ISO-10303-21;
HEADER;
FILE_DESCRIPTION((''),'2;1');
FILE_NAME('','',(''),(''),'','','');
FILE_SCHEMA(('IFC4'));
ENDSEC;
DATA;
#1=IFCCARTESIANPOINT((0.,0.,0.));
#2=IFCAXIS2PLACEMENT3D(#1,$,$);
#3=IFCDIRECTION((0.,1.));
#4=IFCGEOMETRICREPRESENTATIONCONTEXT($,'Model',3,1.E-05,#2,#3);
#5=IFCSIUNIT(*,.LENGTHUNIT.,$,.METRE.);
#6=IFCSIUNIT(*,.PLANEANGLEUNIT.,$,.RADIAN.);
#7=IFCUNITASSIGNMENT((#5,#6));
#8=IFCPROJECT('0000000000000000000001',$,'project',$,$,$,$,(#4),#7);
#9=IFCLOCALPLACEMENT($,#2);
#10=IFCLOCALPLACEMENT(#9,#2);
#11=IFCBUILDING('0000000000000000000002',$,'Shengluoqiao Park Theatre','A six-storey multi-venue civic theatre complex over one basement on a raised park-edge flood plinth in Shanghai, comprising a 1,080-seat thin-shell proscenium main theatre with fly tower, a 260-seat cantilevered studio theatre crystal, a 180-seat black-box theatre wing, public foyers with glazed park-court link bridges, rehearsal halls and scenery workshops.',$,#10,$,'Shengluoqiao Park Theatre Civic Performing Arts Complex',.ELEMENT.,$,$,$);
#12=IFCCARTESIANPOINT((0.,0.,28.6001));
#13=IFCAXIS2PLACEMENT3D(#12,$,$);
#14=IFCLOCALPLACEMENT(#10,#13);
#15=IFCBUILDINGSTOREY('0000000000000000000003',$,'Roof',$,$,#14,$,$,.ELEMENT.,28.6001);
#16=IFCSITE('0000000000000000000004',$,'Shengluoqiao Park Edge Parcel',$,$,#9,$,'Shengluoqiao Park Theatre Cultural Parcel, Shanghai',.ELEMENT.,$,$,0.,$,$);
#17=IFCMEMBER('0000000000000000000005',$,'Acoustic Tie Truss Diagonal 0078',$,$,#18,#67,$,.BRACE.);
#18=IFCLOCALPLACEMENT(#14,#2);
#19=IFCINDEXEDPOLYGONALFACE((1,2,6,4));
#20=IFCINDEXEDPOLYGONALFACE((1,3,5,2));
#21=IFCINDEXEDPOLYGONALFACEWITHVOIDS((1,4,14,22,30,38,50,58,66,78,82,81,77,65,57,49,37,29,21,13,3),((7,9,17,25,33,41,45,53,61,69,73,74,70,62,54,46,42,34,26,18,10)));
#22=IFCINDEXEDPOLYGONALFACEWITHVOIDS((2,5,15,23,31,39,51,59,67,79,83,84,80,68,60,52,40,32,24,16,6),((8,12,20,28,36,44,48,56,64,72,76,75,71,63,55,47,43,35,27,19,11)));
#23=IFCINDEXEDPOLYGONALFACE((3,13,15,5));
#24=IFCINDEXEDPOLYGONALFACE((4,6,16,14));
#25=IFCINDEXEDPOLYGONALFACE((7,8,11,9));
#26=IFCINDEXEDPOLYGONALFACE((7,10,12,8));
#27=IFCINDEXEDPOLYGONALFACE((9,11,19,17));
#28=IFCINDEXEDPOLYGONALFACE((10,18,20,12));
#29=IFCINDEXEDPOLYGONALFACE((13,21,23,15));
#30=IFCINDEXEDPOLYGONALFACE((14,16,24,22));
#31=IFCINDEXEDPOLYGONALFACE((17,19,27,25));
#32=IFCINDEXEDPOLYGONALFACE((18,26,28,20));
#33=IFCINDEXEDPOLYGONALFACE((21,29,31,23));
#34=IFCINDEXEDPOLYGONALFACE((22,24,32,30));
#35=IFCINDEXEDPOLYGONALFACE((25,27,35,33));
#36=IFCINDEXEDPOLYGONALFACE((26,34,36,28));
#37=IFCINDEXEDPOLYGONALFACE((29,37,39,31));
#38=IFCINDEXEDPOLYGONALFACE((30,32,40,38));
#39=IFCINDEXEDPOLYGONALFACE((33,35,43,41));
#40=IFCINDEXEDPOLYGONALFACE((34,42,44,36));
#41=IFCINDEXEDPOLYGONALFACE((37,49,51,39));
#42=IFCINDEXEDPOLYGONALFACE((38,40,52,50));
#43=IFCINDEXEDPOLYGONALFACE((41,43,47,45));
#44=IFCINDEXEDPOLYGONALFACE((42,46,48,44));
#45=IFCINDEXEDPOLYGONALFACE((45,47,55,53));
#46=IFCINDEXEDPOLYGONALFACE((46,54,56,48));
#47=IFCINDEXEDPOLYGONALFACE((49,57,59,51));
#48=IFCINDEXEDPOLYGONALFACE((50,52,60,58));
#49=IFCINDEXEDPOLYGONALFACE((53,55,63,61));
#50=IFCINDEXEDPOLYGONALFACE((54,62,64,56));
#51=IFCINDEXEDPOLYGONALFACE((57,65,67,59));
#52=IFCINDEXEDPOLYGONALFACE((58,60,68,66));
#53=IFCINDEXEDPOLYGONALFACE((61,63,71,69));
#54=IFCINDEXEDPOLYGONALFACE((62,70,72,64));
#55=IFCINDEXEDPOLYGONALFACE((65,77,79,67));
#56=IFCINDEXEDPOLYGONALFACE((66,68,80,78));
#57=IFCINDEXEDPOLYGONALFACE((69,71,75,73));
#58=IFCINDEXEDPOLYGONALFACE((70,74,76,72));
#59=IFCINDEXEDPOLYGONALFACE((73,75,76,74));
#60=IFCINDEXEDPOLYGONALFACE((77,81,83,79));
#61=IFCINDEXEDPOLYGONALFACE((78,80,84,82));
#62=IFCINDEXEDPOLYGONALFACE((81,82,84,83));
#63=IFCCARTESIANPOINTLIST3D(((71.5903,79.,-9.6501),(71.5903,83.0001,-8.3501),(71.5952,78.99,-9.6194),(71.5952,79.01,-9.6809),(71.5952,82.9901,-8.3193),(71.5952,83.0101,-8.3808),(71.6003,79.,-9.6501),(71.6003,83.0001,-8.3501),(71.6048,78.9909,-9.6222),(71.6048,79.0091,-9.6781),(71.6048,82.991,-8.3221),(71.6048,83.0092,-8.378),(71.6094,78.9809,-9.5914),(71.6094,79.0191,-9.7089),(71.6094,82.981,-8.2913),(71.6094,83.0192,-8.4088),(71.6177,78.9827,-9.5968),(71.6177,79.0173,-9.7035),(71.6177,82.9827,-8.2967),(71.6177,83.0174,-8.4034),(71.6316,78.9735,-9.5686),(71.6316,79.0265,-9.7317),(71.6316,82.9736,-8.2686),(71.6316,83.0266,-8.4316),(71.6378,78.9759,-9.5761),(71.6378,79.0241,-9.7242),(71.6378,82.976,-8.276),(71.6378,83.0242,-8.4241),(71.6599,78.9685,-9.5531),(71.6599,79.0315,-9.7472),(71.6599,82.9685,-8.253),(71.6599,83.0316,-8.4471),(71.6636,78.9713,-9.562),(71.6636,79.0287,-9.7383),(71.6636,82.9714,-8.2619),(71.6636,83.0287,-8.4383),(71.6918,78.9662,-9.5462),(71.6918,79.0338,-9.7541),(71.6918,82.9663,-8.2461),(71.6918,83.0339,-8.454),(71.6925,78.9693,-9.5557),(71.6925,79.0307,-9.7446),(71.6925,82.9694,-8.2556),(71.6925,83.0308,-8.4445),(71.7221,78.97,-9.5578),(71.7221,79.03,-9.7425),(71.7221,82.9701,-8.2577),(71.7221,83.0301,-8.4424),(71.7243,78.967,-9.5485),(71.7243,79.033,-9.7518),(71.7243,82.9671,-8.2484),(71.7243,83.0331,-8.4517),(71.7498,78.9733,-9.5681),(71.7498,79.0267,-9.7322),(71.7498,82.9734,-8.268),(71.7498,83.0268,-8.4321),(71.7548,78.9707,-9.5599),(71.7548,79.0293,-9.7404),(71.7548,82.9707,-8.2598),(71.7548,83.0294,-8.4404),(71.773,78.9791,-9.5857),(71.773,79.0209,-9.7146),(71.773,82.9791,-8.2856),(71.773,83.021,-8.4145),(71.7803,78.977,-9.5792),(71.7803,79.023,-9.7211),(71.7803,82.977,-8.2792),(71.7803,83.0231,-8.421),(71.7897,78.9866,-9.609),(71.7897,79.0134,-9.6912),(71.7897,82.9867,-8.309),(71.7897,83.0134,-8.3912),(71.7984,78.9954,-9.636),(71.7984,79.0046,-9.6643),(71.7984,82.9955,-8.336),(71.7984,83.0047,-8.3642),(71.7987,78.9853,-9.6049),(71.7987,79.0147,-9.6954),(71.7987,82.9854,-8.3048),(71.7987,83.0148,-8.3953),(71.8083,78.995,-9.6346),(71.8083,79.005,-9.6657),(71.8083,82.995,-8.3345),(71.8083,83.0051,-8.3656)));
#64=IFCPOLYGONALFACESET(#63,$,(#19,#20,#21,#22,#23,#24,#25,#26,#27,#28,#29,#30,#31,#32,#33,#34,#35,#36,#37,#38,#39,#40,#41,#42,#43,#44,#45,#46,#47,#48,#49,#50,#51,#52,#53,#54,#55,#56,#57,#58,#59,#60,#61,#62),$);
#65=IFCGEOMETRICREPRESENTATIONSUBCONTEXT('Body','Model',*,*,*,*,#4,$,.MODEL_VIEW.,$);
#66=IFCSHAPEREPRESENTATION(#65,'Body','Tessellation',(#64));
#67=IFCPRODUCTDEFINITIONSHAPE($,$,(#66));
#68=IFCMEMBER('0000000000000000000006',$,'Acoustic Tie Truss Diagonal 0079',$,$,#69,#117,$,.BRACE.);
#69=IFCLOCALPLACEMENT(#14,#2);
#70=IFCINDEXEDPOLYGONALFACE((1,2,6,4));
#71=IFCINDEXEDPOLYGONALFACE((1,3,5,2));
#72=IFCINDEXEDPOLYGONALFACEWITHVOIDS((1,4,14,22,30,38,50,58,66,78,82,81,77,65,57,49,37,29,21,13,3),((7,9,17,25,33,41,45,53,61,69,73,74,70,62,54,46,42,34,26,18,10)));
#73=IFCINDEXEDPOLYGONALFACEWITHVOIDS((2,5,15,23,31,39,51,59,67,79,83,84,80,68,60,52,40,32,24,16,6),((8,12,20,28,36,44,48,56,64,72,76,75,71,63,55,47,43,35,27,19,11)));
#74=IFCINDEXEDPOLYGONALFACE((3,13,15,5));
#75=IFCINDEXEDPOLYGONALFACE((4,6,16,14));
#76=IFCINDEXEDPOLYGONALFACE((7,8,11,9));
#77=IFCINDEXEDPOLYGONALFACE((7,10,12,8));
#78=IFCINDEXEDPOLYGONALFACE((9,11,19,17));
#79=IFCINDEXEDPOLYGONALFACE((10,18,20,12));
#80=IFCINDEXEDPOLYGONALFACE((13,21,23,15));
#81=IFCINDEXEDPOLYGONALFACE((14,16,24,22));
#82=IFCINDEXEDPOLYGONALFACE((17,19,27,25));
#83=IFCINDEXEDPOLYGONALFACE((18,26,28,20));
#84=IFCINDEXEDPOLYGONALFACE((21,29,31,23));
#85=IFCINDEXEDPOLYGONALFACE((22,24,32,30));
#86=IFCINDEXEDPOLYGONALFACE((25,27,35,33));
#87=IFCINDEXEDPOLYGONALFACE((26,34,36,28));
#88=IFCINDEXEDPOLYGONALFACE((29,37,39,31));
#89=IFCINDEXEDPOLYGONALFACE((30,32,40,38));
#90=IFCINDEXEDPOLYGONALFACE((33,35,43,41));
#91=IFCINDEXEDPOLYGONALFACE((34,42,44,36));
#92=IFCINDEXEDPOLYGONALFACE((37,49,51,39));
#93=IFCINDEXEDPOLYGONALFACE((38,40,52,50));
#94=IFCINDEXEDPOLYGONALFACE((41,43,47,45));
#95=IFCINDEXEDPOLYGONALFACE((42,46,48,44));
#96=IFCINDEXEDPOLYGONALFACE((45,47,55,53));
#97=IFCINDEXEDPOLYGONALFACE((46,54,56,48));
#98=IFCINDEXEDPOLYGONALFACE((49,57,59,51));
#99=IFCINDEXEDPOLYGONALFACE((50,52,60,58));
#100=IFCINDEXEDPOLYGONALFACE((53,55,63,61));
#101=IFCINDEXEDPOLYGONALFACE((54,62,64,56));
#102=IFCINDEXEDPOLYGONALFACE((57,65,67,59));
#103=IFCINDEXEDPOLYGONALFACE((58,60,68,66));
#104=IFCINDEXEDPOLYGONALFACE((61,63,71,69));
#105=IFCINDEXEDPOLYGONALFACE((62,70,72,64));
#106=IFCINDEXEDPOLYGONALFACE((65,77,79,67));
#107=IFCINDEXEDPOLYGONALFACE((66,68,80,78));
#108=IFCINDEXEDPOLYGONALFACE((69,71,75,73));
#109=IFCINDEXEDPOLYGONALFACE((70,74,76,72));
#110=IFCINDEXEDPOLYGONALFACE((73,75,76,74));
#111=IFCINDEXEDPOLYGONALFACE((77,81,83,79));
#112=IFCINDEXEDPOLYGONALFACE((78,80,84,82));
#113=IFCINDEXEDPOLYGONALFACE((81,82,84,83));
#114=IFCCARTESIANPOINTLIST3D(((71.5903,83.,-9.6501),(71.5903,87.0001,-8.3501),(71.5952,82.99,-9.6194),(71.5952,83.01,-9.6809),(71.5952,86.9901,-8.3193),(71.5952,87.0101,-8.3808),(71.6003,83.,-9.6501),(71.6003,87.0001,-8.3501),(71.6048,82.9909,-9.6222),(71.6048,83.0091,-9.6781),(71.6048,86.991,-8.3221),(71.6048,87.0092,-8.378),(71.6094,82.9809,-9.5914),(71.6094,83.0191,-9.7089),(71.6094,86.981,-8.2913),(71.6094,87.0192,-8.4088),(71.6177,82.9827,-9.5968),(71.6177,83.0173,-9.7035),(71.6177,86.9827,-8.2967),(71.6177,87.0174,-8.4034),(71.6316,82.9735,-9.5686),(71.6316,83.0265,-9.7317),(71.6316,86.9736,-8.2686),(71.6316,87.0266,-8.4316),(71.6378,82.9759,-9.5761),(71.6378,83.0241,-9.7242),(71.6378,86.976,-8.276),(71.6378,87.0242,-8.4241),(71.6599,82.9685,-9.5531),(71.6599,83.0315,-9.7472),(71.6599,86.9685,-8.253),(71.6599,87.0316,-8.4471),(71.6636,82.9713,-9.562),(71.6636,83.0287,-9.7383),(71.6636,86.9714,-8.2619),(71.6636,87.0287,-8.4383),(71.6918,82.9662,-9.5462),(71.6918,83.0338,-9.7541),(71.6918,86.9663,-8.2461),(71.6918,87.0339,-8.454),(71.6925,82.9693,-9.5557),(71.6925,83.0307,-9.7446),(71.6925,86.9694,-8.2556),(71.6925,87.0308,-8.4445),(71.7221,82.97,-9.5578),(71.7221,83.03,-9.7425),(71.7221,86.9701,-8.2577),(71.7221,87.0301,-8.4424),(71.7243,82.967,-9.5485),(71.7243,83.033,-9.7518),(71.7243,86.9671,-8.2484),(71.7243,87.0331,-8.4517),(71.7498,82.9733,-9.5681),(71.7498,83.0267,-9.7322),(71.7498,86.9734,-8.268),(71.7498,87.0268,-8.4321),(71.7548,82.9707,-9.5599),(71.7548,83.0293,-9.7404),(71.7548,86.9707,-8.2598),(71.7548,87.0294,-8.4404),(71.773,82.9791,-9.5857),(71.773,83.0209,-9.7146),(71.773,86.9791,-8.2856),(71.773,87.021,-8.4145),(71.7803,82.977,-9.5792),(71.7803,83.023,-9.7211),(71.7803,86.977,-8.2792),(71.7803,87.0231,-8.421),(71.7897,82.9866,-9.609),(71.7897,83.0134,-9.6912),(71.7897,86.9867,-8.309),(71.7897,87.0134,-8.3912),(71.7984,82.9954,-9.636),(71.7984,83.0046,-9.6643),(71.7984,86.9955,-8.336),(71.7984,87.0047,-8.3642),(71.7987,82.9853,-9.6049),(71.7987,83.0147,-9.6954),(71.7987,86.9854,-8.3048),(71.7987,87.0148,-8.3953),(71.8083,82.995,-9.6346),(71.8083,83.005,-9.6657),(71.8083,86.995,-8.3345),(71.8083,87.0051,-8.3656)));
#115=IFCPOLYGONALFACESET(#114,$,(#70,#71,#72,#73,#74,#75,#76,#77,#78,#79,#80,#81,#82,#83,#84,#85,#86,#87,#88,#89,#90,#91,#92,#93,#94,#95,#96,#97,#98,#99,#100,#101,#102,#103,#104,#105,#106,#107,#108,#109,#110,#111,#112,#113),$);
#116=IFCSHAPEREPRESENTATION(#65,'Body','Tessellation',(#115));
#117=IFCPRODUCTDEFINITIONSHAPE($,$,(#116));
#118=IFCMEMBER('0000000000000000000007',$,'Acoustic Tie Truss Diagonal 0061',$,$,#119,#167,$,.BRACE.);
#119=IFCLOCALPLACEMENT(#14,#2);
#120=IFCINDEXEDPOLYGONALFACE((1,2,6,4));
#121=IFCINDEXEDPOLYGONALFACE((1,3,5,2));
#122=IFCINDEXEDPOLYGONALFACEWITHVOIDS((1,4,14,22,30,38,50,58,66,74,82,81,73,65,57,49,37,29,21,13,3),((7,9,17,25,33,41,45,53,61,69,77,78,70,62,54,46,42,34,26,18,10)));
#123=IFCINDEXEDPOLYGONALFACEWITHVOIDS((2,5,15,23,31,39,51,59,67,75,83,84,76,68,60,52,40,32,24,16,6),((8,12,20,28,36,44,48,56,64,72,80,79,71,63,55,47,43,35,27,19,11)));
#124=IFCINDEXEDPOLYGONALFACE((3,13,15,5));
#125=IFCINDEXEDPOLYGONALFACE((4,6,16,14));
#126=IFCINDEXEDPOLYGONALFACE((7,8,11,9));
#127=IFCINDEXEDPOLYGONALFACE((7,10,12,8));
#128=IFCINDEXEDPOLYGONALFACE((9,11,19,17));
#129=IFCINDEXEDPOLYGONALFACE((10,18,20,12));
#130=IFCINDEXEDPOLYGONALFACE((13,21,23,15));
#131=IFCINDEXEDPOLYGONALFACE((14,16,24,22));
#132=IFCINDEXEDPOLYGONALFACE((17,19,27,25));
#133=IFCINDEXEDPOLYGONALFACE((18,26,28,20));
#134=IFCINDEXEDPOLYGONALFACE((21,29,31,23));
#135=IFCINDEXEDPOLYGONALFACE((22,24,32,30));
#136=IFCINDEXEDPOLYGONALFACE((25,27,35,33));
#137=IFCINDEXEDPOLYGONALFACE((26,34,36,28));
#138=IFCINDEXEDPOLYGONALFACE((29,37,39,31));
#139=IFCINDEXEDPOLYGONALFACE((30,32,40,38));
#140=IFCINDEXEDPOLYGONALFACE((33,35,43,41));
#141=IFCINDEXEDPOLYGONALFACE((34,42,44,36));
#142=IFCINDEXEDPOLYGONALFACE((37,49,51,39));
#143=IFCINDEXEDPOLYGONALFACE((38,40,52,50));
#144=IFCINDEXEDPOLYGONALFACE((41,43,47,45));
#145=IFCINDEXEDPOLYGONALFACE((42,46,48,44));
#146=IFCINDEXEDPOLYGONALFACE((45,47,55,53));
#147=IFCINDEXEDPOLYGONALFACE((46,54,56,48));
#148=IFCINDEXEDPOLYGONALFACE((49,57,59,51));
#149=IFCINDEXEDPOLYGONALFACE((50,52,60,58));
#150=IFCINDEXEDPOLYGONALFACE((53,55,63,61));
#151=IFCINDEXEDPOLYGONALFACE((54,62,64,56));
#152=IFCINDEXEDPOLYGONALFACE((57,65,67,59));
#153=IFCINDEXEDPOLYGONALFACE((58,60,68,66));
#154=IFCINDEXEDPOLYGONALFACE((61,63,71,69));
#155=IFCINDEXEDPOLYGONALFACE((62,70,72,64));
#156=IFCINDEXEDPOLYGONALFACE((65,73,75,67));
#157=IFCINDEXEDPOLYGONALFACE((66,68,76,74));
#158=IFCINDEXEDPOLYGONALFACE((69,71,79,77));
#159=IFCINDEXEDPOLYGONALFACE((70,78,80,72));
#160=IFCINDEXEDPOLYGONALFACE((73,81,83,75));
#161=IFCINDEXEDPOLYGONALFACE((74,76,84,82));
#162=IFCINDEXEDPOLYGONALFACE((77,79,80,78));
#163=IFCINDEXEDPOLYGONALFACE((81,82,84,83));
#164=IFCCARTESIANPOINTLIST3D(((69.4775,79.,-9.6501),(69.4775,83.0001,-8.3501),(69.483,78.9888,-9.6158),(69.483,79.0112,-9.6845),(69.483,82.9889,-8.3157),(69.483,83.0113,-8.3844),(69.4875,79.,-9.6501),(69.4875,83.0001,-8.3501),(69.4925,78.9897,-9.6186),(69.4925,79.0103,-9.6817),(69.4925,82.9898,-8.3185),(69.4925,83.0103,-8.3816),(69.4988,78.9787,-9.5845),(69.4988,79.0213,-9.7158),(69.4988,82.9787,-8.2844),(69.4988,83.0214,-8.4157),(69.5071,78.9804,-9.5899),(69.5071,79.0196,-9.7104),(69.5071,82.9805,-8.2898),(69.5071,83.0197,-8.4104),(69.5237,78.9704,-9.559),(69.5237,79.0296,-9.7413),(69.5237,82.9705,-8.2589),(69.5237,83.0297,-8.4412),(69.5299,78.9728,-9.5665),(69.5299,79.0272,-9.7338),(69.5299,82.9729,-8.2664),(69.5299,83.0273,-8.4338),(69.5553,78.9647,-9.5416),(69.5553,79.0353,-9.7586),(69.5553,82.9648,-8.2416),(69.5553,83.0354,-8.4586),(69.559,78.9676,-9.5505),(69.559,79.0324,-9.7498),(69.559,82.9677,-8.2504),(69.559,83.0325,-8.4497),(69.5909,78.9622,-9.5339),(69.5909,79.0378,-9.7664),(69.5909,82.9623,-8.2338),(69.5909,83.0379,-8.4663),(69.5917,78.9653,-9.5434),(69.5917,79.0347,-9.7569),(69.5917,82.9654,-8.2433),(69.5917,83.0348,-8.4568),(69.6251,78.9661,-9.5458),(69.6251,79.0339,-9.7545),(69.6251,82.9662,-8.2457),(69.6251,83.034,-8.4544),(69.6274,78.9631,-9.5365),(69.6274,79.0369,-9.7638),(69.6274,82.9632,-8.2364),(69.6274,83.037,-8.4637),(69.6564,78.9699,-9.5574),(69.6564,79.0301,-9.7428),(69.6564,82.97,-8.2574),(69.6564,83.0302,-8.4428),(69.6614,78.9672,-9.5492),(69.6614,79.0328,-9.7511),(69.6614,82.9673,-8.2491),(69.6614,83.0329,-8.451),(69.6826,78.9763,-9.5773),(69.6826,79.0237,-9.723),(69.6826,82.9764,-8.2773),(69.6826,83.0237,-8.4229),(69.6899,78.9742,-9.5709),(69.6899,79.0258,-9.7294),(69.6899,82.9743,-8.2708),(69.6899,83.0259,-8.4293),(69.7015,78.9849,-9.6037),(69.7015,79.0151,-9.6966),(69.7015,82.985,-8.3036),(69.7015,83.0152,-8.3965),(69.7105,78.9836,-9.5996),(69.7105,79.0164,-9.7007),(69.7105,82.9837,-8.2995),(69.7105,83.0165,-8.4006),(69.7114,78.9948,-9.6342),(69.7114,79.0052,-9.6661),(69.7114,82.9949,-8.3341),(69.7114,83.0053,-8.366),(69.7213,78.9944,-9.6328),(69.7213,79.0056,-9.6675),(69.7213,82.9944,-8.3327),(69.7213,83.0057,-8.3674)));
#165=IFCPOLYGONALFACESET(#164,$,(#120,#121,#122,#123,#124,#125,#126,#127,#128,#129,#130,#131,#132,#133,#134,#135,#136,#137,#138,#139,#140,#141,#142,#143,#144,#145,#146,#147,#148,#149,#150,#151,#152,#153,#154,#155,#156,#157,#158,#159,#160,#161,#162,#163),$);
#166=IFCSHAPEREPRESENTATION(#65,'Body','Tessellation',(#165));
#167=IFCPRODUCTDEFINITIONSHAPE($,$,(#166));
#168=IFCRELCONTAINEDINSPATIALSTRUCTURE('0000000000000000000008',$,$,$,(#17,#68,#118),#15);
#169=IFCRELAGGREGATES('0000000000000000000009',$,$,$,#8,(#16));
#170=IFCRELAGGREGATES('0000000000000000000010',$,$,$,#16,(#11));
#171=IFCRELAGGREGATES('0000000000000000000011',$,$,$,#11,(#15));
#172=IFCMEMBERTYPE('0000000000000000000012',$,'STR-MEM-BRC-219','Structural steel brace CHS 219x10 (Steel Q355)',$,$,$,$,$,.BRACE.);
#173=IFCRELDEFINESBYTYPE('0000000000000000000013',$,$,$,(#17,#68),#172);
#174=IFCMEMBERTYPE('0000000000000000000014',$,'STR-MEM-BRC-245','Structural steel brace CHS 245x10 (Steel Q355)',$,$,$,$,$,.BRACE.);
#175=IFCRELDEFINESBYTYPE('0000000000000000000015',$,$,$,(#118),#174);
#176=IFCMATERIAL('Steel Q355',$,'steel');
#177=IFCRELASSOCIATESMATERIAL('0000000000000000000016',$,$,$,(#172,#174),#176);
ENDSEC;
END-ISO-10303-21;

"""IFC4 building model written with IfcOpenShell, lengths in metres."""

from ifc_helpers import new_model, si_unit, direction, frame, origin, origin_2d, place, context, subcontext, project, spatial, hollow_circle, extrude, material, material_profile, profile_set, type_object, element, save


model = new_model("IFC4")

# Units and contexts
model_context = context("Model", 3, precision=1e-05, world=origin(), true_north=direction((0.0, 1.0)))
body_context = subcontext(model_context, "Body", "Model", "MODEL_VIEW")
ifc_project = project(units=[si_unit("LENGTHUNIT", "METRE"), si_unit("PLANEANGLEUNIT", "RADIAN")], contexts=[model_context])

# Site, building, storey
site_placement = place(None, origin())
site = spatial("IfcSite", under=ifc_project, at=site_placement, Name="Shengluoqiao Park Edge Parcel", LongName="Shengluoqiao Park Theatre Cultural Parcel, Shanghai", CompositionType="ELEMENT", RefElevation=0.0)
building_placement = place(site_placement, origin())
building = spatial("IfcBuilding", under=site, at=building_placement, Name="Shengluoqiao Park Theatre", Description="A six-storey multi-venue civic theatre complex over one basement on a raised park-edge flood plinth in Shanghai, comprising a 1,080-seat thin-shell proscenium main theatre with fly tower, a 260-seat cantilevered studio theatre crystal, a 180-seat black-box theatre wing, public foyers with glazed park-court link bridges, rehearsal halls and scenery workshops.", LongName="Shengluoqiao Park Theatre Civic Performing Arts Complex", CompositionType="ELEMENT")
storey_placement = place(building_placement, frame((0.0, 0.0, 28.6001)))
storey = spatial("IfcBuildingStorey", under=building, at=storey_placement, Name="Roof", CompositionType="ELEMENT", Elevation=28.6001)

# Shared definitions
ifc_material = material(Name="Steel Q355", Category="steel")

# Members
ifc_material_profile_1 = material_profile(ifc_material, hollow_circle(Radius=0.1096, WallThickness=0.01, at=origin_2d()), Name="CHS 219x10")
ifc_profile_set_1 = profile_set([ifc_material_profile_1], Name="Steel Q355")
member_type_1 = type_object("IfcMemberType", Name="STR-MEM-BRC-219", Description="Structural steel brace CHS 219x10 (Steel Q355)", PredefinedType="BRACE", material=ifc_profile_set_1)
for number, where, z_axis, x_axis, name in (
    (1, (71.7, 79.0, -9.6501), (0.0, 0.951031, 0.309097), (-1.0, 0.0, 0.0), "Acoustic Tie Truss Diagonal 0078"),
    (2, (71.7, 83.0, -9.6501), (0.0, 0.951031, 0.309097), (-1.0, 0.0, 0.0), "Acoustic Tie Truss Diagonal 0079"),
):
    element("IfcMember", number, at=place(storey_placement, frame(where, z_axis=z_axis, x_axis=x_axis)), inside=storey, type_object=member_type_1, Name=name, PredefinedType="BRACE", context=body_context, shape_type="SweptSolid", body=[
        extrude(hollow_circle(Radius=0.1096, WallThickness=0.01, at=origin_2d()), origin(), (0.0, 0.0, 1.0), 4.2061),
    ])
ifc_material_profile_2 = material_profile(ifc_material, hollow_circle(Radius=0.1226, WallThickness=0.01, at=origin_2d()), Name="CHS 245x10")
ifc_profile_set_2 = profile_set([ifc_material_profile_2], Name="Steel Q355")
member_type_2 = type_object("IfcMemberType", Name="STR-MEM-BRC-245", Description="Structural steel brace CHS 245x10 (Steel Q355)", PredefinedType="BRACE", material=ifc_profile_set_2)
for number, where, z_axis, x_axis, name in (
    (3, (69.6001, 79.0, -9.6501), (0.0, 0.951031, 0.309097), (-1.0, 0.0, 0.0), "Acoustic Tie Truss Diagonal 0061"),
):
    element("IfcMember", number, at=place(storey_placement, frame(where, z_axis=z_axis, x_axis=x_axis)), inside=storey, type_object=member_type_2, Name=name, PredefinedType="BRACE", context=body_context, shape_type="SweptSolid", body=[
        extrude(hollow_circle(Radius=0.1226, WallThickness=0.01, at=origin_2d()), origin(), (0.0, 0.0, 1.0), 4.2061),
    ])

save(model, "model.ifc")
